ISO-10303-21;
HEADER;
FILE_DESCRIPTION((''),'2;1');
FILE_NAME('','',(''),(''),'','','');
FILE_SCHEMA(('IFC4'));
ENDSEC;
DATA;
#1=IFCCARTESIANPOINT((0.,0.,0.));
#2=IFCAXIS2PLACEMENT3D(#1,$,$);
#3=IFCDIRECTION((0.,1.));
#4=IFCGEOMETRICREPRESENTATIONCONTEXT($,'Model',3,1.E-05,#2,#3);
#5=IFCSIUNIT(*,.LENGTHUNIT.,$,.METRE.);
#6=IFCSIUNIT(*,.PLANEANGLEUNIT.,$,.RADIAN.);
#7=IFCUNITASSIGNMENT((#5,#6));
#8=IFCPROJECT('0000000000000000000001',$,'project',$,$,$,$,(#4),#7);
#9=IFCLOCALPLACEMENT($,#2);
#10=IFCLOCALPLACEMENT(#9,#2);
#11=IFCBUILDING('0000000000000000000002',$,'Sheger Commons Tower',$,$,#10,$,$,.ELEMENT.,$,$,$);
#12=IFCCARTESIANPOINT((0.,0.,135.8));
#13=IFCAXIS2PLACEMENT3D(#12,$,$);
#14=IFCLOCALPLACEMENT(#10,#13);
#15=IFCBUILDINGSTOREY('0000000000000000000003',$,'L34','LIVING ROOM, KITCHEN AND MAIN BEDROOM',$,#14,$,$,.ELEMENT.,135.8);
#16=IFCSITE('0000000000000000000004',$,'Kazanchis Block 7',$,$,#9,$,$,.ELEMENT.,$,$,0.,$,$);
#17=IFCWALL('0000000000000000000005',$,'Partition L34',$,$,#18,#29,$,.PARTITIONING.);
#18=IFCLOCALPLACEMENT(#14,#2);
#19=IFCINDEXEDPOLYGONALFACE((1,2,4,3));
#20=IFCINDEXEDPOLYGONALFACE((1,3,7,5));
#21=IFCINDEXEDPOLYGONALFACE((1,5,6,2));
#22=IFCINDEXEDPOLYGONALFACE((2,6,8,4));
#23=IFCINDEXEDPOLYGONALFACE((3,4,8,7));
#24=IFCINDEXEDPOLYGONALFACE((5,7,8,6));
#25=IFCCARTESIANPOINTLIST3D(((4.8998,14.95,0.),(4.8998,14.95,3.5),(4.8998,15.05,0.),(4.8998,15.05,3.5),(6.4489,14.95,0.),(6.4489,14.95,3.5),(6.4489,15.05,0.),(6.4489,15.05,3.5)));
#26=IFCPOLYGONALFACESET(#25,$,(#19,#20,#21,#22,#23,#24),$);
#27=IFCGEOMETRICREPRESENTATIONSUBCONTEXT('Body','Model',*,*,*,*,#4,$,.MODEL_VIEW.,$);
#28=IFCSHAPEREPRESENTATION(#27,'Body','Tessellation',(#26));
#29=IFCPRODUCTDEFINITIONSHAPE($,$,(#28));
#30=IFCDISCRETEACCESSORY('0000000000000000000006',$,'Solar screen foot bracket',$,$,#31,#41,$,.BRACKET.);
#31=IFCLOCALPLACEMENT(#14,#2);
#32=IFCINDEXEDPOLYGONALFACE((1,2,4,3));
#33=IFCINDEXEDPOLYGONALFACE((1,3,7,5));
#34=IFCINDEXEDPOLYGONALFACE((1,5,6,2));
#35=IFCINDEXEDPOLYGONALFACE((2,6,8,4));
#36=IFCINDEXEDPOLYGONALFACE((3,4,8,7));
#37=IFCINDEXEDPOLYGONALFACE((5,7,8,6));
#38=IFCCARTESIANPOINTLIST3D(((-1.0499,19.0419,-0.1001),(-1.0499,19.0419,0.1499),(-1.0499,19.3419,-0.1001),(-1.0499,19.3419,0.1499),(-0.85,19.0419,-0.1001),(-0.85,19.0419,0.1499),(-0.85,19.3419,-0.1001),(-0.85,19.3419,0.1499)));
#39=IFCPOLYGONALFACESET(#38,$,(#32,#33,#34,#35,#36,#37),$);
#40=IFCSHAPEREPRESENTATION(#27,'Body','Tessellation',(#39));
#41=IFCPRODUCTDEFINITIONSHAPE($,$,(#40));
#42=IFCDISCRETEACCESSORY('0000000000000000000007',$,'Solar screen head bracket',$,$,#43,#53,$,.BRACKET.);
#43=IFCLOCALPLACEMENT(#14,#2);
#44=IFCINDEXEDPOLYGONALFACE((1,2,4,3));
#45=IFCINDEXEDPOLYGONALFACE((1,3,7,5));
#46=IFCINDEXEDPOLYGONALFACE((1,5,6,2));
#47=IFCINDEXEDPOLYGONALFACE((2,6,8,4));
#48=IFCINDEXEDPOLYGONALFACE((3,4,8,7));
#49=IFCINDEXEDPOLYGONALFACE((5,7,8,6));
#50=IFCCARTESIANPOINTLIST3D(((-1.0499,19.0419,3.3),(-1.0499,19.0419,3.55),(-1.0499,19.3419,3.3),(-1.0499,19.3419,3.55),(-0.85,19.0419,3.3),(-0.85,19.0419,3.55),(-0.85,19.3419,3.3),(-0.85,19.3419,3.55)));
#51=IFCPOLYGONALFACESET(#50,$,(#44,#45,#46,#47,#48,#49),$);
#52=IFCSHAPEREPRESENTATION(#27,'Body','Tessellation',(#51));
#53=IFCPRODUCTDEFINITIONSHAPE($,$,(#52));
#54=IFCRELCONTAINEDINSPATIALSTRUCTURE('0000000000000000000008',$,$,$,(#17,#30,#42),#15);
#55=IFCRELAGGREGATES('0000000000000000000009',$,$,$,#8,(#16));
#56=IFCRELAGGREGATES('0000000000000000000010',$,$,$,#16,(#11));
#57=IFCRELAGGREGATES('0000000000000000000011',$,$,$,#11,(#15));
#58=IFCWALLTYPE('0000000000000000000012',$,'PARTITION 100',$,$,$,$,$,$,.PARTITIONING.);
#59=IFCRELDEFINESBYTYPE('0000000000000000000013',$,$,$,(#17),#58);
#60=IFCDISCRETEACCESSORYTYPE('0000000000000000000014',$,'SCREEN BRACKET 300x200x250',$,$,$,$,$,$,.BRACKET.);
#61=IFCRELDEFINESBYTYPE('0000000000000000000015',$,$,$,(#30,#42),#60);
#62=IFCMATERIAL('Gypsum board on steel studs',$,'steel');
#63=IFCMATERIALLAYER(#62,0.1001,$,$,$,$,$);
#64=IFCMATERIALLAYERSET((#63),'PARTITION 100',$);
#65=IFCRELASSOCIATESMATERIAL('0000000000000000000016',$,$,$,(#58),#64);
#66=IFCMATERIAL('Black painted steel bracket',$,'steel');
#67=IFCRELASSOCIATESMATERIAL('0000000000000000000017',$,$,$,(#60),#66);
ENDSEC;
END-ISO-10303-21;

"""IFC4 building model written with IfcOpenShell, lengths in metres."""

from ifc_helpers import new_model, si_unit, direction, frame, frame_2d, origin, origin_2d, place, context, subcontext, project, spatial, rectangle, extrude, material, layer, layer_set, type_object, element, save


model = new_model("IFC4")

# Units and contexts
model_context = context("Model", 3, precision=1e-05, world=origin(), true_north=direction((0.0, 1.0)))
body_context = subcontext(model_context, "Body", "Model", "MODEL_VIEW")
ifc_project = project(units=[si_unit("LENGTHUNIT", "METRE"), si_unit("PLANEANGLEUNIT", "RADIAN")], contexts=[model_context])

# Site, building, storey
site_placement = place(None, origin())
site = spatial("IfcSite", under=ifc_project, at=site_placement, Name="Kazanchis Block 7", CompositionType="ELEMENT", RefElevation=0.0)
building_placement = place(site_placement, origin())
building = spatial("IfcBuilding", under=site, at=building_placement, Name="Sheger Commons Tower", CompositionType="ELEMENT")
storey_placement = place(building_placement, frame((0.0, 0.0, 135.8)))
storey = spatial("IfcBuildingStorey", under=building, at=storey_placement, Name="L34", Description="LIVING ROOM, KITCHEN AND MAIN BEDROOM", CompositionType="ELEMENT", Elevation=135.8)

# Shared definitions
ifc_material_1 = material(Name="Gypsum board on steel studs", Category="steel")
ifc_layer_1 = layer(ifc_material_1, 0.1001)
ifc_layer_set_1 = layer_set([ifc_layer_1], Name="PARTITION 100")
wall_type = type_object("IfcWallType", Name="PARTITION 100", PredefinedType="PARTITIONING", material=ifc_layer_set_1)

# Wall
wall_1_placement = place(storey_placement, frame((4.8999, 15.0, 0.0), z_axis=(0.0, 0.0, 1.0), x_axis=(1.0, 0.0, 0.0)))
element("IfcWall", 1, at=wall_1_placement, inside=storey, type_object=wall_type, Name="Partition L34", PredefinedType="PARTITIONING", context=body_context, shape_type="SweptSolid", body=[
    extrude(rectangle(XDim=1.5491, YDim=0.1001, at=frame_2d((0.7744, 0.0))), origin(), (0.0, 0.0, 1.0), 3.5),
])

# Discrete accessories
ifc_material_2 = material(Name="Black painted steel bracket", Category="steel")
discrete_accessory_type = type_object("IfcDiscreteAccessoryType", Name="SCREEN BRACKET 300x200x250", PredefinedType="BRACKET", material=ifc_material_2)
for number, where, z_axis, x_axis, name in (
    (2, (-0.95, 19.1919, -0.1001), (0.0, 0.0, 1.0), (0.0, -1.0, 0.0), "Solar screen foot bracket"),
    (3, (-0.95, 19.1919, 3.3), (0.0, 0.0, 1.0), (0.0, -1.0, 0.0), "Solar screen head bracket"),
):
    element("IfcDiscreteAccessory", number, at=place(storey_placement, frame(where, z_axis=z_axis, x_axis=x_axis)), inside=storey, type_object=discrete_accessory_type, Name=name, PredefinedType="BRACKET", context=body_context, shape_type="SweptSolid", body=[
        extrude(rectangle(XDim=0.3, YDim=0.2, at=origin_2d()), origin(), (0.0, 0.0, 1.0), 0.25),
    ])

save(model, "model.ifc")
